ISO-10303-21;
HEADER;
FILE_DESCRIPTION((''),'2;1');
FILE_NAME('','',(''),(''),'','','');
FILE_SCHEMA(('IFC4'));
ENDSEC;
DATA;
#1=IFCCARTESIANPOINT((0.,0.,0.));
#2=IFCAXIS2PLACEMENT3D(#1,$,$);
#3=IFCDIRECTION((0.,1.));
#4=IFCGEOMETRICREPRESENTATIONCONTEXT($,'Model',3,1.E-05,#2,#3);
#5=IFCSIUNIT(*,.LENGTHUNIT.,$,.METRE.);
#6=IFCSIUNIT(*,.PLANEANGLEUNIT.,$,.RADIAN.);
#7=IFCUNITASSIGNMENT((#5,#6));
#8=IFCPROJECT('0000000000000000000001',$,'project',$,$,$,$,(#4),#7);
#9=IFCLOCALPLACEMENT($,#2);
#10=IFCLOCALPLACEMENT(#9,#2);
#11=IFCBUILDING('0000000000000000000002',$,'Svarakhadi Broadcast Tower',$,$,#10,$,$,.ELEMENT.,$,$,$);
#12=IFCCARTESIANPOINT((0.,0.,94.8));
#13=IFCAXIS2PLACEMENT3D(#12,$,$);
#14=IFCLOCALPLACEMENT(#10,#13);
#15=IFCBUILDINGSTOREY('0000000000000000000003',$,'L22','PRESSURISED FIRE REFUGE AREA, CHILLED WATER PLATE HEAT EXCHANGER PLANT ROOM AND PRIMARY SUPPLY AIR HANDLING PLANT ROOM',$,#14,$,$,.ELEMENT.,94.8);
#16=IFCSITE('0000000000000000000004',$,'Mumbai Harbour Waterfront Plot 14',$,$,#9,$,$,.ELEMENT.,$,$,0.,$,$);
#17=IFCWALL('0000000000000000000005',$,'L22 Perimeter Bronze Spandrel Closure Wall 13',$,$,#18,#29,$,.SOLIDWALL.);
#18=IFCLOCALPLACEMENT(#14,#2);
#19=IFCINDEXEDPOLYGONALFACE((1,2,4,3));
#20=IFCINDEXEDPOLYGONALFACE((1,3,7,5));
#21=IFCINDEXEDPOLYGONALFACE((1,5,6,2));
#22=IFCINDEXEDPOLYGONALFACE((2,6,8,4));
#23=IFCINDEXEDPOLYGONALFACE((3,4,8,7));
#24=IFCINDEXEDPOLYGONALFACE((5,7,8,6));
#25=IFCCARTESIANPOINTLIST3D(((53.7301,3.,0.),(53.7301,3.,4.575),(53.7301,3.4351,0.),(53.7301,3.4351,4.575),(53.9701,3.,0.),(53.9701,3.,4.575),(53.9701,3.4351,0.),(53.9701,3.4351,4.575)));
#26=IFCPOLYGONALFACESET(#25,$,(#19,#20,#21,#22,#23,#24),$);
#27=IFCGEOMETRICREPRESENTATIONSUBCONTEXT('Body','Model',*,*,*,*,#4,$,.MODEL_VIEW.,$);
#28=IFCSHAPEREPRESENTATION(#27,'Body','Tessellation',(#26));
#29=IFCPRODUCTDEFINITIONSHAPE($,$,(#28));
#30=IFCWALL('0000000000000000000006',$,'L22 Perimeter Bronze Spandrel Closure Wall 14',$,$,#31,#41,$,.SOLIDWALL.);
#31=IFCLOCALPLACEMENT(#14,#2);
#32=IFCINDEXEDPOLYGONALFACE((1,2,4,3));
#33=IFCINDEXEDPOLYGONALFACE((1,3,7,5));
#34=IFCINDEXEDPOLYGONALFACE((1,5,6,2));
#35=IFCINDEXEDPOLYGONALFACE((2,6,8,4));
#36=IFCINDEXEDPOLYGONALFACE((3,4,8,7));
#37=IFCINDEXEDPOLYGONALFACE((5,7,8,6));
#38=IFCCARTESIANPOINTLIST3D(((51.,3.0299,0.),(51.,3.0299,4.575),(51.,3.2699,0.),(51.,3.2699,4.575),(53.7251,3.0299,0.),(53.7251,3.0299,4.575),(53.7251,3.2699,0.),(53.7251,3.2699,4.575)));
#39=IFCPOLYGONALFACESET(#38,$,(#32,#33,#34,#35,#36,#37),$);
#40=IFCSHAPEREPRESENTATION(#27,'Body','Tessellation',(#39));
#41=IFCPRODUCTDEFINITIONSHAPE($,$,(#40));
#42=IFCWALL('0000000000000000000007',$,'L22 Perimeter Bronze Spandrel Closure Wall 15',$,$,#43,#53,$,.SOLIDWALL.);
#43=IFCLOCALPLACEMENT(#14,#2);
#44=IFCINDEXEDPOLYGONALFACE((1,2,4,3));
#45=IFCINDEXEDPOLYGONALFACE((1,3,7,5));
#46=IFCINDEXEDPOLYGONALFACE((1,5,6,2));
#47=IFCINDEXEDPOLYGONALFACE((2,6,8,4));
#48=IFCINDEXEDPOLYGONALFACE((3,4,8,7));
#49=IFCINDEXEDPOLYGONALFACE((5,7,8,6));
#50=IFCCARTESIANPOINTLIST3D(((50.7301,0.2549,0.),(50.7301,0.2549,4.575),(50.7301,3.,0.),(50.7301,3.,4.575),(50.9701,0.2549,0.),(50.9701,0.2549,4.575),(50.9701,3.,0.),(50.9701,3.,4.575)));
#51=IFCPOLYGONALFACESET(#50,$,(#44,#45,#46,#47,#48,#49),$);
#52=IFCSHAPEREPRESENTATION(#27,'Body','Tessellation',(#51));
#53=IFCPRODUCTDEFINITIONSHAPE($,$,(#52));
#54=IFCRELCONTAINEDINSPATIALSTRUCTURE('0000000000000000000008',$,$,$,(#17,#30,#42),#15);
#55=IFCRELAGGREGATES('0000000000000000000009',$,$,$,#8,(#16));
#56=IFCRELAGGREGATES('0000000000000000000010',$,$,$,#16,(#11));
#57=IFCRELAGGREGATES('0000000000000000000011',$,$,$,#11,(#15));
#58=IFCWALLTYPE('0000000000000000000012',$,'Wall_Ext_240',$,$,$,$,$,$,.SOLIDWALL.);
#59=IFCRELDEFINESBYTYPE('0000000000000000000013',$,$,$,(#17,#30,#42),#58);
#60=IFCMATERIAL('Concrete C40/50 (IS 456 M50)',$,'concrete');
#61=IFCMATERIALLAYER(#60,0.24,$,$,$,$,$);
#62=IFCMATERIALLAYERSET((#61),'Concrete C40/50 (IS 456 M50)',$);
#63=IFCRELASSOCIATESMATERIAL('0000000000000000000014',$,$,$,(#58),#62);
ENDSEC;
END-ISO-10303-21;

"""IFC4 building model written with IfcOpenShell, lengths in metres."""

from ifc_helpers import new_model, si_unit, direction, frame, frame_2d, origin, place, context, subcontext, project, spatial, rectangle, extrude, material, layer, layer_set, type_object, element, save


model = new_model("IFC4")

# Units and contexts
model_context = context("Model", 3, precision=1e-05, world=origin(), true_north=direction((0.0, 1.0)))
body_context = subcontext(model_context, "Body", "Model", "MODEL_VIEW")
ifc_project = project(units=[si_unit("LENGTHUNIT", "METRE"), si_unit("PLANEANGLEUNIT", "RADIAN")], contexts=[model_context])

# Site, building, storey
site_placement = place(None, origin())
site = spatial("IfcSite", under=ifc_project, at=site_placement, Name="Mumbai Harbour Waterfront Plot 14", CompositionType="ELEMENT", RefElevation=0.0)
building_placement = place(site_placement, origin())
building = spatial("IfcBuilding", under=site, at=building_placement, Name="Svarakhadi Broadcast Tower", CompositionType="ELEMENT")
storey_placement = place(building_placement, frame((0.0, 0.0, 94.8)))
storey = spatial("IfcBuildingStorey", under=building, at=storey_placement, Name="L22", Description="PRESSURISED FIRE REFUGE AREA, CHILLED WATER PLATE HEAT EXCHANGER PLANT ROOM AND PRIMARY SUPPLY AIR HANDLING PLANT ROOM", CompositionType="ELEMENT", Elevation=94.8)

# Walls
ifc_material_1 = material(Name="Concrete C40/50 (IS 456 M50)", Category="concrete")
ifc_layer_1 = layer(ifc_material_1, 0.24)
ifc_layer_set_1 = layer_set([ifc_layer_1], Name="Concrete C40/50 (IS 456 M50)")
wall_type = type_object("IfcWallType", Name="Wall_Ext_240", PredefinedType="SOLIDWALL", material=ifc_layer_set_1)
wall_1_placement = place(storey_placement, frame((53.8501, 3.4351, 0.0), z_axis=(0.0, 0.0, 1.0), x_axis=(0.0, -1.0, 0.0)))
element("IfcWall", 1, at=wall_1_placement, inside=storey, type_object=wall_type, Name="L22 Perimeter Bronze Spandrel Closure Wall 13", PredefinedType="SOLIDWALL", context=body_context, shape_type="SweptSolid", body=[
    extrude(rectangle(XDim=0.4351, YDim=0.24, at=frame_2d((0.2175, 0.0))), origin(), (0.0, 0.0, 1.0), 4.575),
])
wall_2_placement = place(storey_placement, frame((53.7251, 3.1499, 0.0), z_axis=(0.0, 0.0, 1.0), x_axis=(-1.0, 0.0, 0.0)))
element("IfcWall", 2, at=wall_2_placement, inside=storey, type_object=wall_type, Name="L22 Perimeter Bronze Spandrel Closure Wall 14", PredefinedType="SOLIDWALL", context=body_context, shape_type="SweptSolid", body=[
    extrude(rectangle(XDim=2.7251, YDim=0.24, at=frame_2d((1.3625, 0.0))), origin(), (0.0, 0.0, 1.0), 4.575),
])
wall_3_placement = place(storey_placement, frame((50.8501, 3.0, 0.0), z_axis=(0.0, 0.0, 1.0), x_axis=(0.0, -1.0, 0.0)))
element("IfcWall", 3, at=wall_3_placement, inside=storey, type_object=wall_type, Name="L22 Perimeter Bronze Spandrel Closure Wall 15", PredefinedType="SOLIDWALL", context=body_context, shape_type="SweptSolid", body=[
    extrude(rectangle(XDim=2.7451, YDim=0.24, at=frame_2d((1.3726, 0.0))), origin(), (0.0, 0.0, 1.0), 4.575),
])

save(model, "model.ifc")
